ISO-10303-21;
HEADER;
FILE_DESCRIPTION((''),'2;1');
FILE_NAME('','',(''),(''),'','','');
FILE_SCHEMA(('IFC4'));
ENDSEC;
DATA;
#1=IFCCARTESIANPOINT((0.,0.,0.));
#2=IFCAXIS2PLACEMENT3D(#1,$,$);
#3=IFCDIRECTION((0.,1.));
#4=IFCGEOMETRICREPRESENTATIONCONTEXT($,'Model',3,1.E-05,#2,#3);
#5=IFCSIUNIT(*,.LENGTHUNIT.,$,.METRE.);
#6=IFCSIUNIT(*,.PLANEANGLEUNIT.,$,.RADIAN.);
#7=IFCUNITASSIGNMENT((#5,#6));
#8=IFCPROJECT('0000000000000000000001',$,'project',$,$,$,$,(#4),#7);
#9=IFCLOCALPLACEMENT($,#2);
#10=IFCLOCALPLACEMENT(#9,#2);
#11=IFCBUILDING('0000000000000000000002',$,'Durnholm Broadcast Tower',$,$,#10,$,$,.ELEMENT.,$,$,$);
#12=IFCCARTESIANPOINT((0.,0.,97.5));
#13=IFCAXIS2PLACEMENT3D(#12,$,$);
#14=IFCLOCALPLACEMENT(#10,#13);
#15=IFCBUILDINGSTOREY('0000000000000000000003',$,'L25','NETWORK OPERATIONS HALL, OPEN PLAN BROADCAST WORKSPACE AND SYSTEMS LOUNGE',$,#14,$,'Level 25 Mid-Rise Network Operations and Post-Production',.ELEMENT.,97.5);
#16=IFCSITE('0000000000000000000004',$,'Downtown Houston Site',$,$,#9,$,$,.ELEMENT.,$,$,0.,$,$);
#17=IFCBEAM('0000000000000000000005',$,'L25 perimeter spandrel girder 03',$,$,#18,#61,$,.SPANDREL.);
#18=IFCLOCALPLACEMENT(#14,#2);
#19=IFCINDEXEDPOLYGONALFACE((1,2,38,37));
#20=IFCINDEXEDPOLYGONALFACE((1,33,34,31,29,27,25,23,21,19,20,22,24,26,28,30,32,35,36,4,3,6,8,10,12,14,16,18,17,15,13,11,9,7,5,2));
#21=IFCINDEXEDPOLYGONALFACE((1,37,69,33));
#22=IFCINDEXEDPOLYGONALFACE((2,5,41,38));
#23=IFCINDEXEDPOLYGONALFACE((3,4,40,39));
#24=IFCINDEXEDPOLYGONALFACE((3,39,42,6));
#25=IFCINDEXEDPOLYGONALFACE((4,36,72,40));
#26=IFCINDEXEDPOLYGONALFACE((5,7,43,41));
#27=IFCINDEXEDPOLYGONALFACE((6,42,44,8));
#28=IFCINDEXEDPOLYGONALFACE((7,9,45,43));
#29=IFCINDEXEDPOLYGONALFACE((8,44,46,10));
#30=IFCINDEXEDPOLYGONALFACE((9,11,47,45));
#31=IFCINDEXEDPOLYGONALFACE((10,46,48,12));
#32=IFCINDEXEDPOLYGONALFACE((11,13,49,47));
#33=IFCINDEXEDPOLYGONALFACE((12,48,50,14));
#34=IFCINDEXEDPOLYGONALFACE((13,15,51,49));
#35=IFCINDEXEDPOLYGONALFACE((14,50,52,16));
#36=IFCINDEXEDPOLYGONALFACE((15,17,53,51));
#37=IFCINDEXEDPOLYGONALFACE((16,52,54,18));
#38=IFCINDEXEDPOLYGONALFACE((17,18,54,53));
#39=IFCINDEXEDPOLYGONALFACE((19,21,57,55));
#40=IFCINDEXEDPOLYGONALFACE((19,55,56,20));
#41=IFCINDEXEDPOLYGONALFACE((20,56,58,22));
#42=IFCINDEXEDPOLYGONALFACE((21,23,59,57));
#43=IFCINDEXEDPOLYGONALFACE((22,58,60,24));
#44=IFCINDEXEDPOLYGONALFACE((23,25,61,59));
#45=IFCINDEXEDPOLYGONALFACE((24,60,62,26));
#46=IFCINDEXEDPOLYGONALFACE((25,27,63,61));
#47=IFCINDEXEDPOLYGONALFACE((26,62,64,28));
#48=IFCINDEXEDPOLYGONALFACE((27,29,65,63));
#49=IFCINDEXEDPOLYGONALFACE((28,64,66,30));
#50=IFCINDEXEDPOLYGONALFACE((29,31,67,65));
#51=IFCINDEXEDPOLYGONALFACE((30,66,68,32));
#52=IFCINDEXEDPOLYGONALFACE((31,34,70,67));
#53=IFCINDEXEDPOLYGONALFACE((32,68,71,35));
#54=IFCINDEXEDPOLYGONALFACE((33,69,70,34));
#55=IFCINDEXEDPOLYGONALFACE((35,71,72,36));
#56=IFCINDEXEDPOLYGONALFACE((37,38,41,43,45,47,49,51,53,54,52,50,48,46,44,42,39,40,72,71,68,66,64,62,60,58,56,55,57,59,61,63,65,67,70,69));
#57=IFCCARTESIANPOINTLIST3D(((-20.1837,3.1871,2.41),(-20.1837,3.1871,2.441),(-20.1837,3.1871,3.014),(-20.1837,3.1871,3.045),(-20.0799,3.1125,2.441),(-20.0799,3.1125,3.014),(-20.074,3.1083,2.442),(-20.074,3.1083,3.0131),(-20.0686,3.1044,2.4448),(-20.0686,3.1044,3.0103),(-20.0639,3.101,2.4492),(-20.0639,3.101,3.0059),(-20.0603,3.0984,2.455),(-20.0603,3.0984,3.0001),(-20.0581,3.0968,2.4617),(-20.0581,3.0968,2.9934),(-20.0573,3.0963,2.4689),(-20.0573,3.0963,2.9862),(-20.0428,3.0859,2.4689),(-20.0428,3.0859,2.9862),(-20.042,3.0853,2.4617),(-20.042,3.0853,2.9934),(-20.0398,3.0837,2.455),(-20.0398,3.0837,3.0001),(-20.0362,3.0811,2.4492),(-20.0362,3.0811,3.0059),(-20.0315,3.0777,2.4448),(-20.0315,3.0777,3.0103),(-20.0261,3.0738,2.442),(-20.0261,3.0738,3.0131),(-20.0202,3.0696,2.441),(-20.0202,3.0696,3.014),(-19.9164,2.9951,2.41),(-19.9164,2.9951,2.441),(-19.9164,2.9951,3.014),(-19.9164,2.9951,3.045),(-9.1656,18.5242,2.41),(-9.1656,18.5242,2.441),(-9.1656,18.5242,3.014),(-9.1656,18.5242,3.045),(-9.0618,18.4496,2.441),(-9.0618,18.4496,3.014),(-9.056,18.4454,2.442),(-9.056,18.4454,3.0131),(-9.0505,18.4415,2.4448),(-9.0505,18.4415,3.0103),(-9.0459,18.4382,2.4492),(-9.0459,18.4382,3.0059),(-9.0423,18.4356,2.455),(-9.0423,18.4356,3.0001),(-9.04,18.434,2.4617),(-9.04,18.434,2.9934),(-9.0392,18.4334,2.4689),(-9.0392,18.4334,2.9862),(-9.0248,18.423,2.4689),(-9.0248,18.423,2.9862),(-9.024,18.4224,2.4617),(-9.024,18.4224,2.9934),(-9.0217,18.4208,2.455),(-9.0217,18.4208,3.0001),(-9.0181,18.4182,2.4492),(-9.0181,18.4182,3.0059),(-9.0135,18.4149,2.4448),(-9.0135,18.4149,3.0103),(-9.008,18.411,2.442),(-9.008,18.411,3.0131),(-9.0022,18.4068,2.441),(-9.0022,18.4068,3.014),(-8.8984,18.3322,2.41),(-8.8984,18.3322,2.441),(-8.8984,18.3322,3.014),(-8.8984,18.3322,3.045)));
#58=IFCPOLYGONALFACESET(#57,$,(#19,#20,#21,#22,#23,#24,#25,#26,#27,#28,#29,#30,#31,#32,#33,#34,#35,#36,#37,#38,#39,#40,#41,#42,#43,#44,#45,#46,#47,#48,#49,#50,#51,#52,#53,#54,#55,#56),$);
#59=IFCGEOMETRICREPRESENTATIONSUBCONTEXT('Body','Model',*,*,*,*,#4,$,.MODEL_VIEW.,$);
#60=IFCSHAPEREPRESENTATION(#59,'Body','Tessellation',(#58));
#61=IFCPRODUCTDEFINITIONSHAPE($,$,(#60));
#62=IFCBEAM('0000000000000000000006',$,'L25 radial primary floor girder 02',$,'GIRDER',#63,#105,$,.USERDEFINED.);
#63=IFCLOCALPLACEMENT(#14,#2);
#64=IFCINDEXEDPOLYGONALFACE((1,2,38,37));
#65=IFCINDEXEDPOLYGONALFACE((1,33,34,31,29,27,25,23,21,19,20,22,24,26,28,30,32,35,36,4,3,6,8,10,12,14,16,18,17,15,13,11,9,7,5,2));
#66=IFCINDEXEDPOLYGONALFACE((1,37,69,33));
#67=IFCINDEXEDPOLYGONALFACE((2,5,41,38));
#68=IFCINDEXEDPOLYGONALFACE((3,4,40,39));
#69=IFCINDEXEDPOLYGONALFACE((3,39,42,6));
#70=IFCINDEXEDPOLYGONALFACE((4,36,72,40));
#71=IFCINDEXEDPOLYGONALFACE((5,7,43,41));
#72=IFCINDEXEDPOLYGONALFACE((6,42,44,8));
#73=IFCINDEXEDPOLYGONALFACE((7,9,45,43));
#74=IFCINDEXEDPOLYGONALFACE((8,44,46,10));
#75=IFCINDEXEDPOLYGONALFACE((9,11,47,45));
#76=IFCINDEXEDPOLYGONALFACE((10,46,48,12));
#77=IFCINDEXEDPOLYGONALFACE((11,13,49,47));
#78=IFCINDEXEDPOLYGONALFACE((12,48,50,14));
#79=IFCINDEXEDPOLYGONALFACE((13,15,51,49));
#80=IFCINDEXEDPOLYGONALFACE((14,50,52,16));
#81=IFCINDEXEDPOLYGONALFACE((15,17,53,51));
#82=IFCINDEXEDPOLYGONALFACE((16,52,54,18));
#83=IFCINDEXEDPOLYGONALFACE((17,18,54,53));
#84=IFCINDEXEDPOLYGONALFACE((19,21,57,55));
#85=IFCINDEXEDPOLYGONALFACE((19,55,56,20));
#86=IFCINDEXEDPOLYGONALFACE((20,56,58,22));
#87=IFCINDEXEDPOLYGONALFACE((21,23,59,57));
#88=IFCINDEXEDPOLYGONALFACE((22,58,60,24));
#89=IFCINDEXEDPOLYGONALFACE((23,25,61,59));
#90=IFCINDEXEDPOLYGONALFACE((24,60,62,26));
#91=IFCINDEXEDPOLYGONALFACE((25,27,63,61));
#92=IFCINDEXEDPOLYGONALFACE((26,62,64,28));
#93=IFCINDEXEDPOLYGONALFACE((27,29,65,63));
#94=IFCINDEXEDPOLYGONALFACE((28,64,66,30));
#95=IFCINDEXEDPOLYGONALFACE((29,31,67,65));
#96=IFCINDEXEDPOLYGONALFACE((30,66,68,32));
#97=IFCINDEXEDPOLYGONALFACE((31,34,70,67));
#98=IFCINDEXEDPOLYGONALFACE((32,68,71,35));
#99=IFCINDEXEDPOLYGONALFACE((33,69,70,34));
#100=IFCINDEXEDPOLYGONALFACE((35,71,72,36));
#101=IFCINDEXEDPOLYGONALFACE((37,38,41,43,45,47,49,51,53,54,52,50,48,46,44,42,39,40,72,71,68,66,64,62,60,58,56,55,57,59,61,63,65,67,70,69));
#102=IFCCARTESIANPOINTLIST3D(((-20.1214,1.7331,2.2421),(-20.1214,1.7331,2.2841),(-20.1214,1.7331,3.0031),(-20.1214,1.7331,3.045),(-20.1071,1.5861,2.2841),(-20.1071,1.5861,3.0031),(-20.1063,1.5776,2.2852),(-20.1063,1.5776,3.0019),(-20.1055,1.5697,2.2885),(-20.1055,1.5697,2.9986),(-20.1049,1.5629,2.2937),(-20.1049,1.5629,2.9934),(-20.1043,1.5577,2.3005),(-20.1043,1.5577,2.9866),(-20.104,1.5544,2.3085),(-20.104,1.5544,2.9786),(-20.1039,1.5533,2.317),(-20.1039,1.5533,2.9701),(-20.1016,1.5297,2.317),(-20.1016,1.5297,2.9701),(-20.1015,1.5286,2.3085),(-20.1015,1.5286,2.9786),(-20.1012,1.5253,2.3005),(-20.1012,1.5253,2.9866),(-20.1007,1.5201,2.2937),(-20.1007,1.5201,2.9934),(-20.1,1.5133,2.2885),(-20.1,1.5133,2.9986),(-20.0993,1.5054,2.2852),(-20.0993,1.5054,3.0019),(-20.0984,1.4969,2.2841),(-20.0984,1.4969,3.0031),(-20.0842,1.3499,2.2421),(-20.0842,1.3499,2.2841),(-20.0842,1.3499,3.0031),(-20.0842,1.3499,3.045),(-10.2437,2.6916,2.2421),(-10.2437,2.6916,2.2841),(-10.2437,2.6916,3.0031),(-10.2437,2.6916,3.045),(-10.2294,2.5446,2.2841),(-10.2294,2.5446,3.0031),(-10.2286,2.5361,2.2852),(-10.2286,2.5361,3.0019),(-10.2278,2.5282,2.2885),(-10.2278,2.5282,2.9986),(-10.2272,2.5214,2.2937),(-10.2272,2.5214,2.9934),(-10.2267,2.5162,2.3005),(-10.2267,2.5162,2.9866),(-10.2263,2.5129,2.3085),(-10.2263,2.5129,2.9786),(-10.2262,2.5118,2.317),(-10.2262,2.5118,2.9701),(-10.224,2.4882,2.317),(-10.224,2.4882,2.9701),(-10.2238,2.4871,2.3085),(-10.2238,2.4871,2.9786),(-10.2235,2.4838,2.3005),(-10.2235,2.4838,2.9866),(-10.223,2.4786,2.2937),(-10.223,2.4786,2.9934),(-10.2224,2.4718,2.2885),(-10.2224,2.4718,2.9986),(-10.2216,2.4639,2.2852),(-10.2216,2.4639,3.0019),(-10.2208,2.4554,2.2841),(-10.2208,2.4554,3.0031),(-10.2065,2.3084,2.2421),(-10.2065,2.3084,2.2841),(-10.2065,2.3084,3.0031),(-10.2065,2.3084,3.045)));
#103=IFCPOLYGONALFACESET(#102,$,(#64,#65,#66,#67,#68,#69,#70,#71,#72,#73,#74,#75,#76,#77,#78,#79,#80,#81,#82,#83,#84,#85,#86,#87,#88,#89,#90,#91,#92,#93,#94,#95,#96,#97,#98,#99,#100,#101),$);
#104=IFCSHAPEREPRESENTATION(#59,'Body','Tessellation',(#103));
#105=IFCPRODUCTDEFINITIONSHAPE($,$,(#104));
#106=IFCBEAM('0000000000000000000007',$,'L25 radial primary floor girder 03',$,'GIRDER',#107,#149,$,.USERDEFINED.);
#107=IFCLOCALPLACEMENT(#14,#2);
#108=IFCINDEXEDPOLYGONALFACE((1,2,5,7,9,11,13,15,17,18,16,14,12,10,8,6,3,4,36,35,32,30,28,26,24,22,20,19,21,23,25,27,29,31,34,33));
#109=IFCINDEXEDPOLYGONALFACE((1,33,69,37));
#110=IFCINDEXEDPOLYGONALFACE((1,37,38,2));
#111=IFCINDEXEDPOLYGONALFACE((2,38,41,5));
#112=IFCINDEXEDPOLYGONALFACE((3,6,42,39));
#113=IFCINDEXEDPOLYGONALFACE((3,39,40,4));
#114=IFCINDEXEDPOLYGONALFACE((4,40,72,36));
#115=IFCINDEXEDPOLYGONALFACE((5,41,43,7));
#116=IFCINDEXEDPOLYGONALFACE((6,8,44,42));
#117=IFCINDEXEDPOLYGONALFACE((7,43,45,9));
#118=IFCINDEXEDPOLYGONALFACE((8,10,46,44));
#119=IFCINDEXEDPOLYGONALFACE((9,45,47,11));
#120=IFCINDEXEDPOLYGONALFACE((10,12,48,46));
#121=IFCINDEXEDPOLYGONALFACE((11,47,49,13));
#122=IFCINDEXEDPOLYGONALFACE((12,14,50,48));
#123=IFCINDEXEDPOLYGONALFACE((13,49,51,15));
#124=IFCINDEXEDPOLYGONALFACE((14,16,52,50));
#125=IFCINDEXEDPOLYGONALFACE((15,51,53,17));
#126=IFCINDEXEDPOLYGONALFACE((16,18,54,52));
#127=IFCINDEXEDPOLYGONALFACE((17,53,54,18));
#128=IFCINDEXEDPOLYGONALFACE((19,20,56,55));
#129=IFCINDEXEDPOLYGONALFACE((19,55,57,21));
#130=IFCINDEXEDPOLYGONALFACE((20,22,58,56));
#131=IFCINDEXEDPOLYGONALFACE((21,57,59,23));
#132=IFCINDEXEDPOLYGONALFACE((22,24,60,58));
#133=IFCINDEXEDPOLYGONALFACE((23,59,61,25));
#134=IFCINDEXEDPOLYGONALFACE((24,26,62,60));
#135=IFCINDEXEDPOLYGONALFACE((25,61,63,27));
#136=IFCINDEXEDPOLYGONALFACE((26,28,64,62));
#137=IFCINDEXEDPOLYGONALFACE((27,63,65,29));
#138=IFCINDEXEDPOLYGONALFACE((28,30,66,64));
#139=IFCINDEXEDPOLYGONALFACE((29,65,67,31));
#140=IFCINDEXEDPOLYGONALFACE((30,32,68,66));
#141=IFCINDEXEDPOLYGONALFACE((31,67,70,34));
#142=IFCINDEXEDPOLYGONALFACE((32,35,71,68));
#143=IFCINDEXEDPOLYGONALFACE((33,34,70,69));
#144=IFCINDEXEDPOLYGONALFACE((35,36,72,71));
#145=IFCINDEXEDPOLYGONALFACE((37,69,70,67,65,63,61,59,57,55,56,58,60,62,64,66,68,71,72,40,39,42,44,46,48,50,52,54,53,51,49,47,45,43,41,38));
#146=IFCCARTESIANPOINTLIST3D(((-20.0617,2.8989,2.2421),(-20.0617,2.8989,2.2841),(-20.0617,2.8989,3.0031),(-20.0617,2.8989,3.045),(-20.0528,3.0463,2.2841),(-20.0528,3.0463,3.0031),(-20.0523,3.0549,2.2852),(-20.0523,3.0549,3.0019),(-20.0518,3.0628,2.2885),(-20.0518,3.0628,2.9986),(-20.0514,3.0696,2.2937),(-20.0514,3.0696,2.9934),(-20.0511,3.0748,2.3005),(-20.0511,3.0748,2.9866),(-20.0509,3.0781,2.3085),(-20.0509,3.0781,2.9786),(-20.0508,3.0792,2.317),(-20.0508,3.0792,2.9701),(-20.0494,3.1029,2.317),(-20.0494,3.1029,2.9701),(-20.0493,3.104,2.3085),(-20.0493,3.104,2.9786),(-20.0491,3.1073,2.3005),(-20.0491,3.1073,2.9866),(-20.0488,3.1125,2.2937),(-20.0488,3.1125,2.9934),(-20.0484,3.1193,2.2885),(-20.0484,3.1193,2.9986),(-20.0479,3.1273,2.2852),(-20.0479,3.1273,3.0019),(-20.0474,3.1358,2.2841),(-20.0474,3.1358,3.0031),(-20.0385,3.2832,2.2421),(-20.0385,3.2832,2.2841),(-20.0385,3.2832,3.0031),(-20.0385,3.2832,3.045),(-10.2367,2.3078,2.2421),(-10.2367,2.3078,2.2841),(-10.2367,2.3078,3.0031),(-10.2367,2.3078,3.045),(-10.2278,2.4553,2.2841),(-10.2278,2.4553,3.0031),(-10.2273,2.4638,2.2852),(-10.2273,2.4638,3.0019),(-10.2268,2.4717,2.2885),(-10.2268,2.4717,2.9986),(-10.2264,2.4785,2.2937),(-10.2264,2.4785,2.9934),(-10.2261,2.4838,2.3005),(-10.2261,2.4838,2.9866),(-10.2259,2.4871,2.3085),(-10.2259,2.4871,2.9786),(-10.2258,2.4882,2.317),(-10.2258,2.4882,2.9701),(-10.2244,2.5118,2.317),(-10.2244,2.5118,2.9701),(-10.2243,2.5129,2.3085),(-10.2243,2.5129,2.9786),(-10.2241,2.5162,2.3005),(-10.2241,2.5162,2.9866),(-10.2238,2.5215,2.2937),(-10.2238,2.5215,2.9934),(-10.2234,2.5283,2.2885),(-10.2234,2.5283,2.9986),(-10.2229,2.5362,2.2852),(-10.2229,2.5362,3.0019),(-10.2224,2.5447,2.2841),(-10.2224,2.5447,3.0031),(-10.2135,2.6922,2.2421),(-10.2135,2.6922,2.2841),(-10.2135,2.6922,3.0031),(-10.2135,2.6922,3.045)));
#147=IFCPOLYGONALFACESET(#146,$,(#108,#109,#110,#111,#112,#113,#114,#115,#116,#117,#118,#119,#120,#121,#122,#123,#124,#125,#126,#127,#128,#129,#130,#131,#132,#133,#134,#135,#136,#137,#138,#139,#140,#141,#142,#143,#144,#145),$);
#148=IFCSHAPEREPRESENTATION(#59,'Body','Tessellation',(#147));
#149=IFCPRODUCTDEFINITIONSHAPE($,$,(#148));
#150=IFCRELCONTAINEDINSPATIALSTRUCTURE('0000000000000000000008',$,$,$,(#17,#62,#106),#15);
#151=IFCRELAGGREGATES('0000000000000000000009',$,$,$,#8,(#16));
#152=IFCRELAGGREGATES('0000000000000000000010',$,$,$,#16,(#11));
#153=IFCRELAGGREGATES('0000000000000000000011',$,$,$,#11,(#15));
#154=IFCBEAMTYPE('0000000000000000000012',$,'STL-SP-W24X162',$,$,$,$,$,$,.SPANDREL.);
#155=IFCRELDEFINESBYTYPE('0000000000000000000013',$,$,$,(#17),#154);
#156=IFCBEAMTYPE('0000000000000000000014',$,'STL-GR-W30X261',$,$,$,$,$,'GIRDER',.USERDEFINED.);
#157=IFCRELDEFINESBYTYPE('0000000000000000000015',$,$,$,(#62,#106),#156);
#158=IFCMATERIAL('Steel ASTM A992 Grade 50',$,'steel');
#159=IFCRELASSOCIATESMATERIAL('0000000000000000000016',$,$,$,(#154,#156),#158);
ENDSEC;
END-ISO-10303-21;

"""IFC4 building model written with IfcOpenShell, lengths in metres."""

from ifc_helpers import new_model, si_unit, direction, frame, origin, origin_2d, place, context, subcontext, project, spatial, i_section, extrude, source, transform, mapped, material, material_profile, profile_set, type_object, type_shapes, element, save


model = new_model("IFC4")

# Units and contexts
model_context = context("Model", 3, precision=1e-05, world=origin(), true_north=direction((0.0, 1.0)))
body_context = subcontext(model_context, "Body", "Model", "MODEL_VIEW")
ifc_project = project(units=[si_unit("LENGTHUNIT", "METRE"), si_unit("PLANEANGLEUNIT", "RADIAN")], contexts=[model_context])

# Site, building, storey
site_placement = place(None, origin())
site = spatial("IfcSite", under=ifc_project, at=site_placement, Name="Downtown Houston Site", CompositionType="ELEMENT", RefElevation=0.0)
building_placement = place(site_placement, origin())
building = spatial("IfcBuilding", under=site, at=building_placement, Name="Durnholm Broadcast Tower", CompositionType="ELEMENT")
storey_placement = place(building_placement, frame((0.0, 0.0, 97.5)))
storey = spatial("IfcBuildingStorey", under=building, at=storey_placement, Name="L25", Description="NETWORK OPERATIONS HALL, OPEN PLAN BROADCAST WORKSPACE AND SYSTEMS LOUNGE", LongName="Level 25 Mid-Rise Network Operations and Post-Production", CompositionType="ELEMENT", Elevation=97.5)

# Beams
ifc_material_1 = material(Name="Steel ASTM A992 Grade 50", Category="steel")
ifc_material_profile_1 = material_profile(ifc_material_1, i_section(OverallWidth=0.3291, OverallDepth=0.635, WebThickness=0.0178, FlangeThickness=0.031, FilletRadius=0.0278, at=origin_2d()), Name="W24X162")
ifc_profile_set_1 = profile_set([ifc_material_profile_1], Name="Steel ASTM A992 Grade 50")
beam_type_1 = type_object("IfcBeamType", Name="STL-SP-W24X162", PredefinedType="SPANDREL", material=ifc_profile_set_1)
shared_shape_1 = source(origin(), body_context, "Body", "SweptSolid", [
    extrude(i_section(OverallWidth=0.3291, OverallDepth=0.635, WebThickness=0.0178, FlangeThickness=0.031, FilletRadius=0.0278, at=origin_2d()), origin(), (0.0, 0.0, 1.0), 18.8845),
])
beam_1_placement = place(storey_placement, frame((-20.05, 3.0911, 2.7275), z_axis=(0.583443, 0.812154, 0.0), x_axis=(-0.812154, 0.583443, 0.0)))
element("IfcBeam", 1, at=beam_1_placement, inside=storey, type_object=beam_type_1, Name="L25 perimeter spandrel girder 03", PredefinedType="SPANDREL", context=body_context, shape_type="MappedRepresentation", body=[
    mapped(shared_shape_1, transform((0.0, 0.0, 0.0), x_axis=(1.0, 0.0, 0.0), y_axis=(0.0, 1.0, 0.0), z_axis=(0.0, 0.0, 1.0), scale=1.0)),
])
ifc_material_profile_2 = material_profile(ifc_material_1, i_section(OverallWidth=0.385, OverallDepth=0.803, WebThickness=0.0237, FlangeThickness=0.042, FilletRadius=0.033, at=origin_2d()), Name="W30X261")
ifc_profile_set_2 = profile_set([ifc_material_profile_2], Name="Steel ASTM A992 Grade 50")
beam_type_2 = type_object("IfcBeamType", Name="STL-GR-W30X261", ElementType="GIRDER", PredefinedType="USERDEFINED", material=ifc_profile_set_2)
shared_shape_2 = source(origin(), body_context, "Body", "SweptSolid", [
    extrude(i_section(OverallWidth=0.385, OverallDepth=0.803, WebThickness=0.0237, FlangeThickness=0.042, FilletRadius=0.033, at=origin_2d()), origin(), (0.0, 0.0, 1.0), 9.9241),
])
beam_2_placement = place(storey_placement, frame((-10.2251, 2.5, 2.6436), z_axis=(-0.995325, -0.096583, 0.0), x_axis=(0.096583, -0.995325, 0.0)))
element("IfcBeam", 2, at=beam_2_placement, inside=storey, type_object=beam_type_2, Name="L25 radial primary floor girder 02", ObjectType="GIRDER", PredefinedType="USERDEFINED", context=body_context, shape_type="MappedRepresentation", body=[
    mapped(shared_shape_2, transform((0.0, 0.0, 0.0), x_axis=(1.0, 0.0, 0.0), y_axis=(0.0, 1.0, 0.0), z_axis=(0.0, 0.0, 1.0), scale=1.0)),
])
shared_shape_3 = source(origin(), body_context, "Body", "SweptSolid", [
    extrude(i_section(OverallWidth=0.385, OverallDepth=0.803, WebThickness=0.0237, FlangeThickness=0.042, FilletRadius=0.033, at=origin_2d()), origin(), (0.0, 0.0, 1.0), 9.8428),
])
type_shapes(beam_type_2, [shared_shape_2, shared_shape_3])
beam_3_placement = place(storey_placement, frame((-10.2251, 2.5, 2.6436), z_axis=(-0.998195, 0.060051, 0.0), x_axis=(-0.060051, -0.998195, 0.0)))
element("IfcBeam", 3, at=beam_3_placement, inside=storey, type_object=beam_type_2, Name="L25 radial primary floor girder 03", ObjectType="GIRDER", PredefinedType="USERDEFINED", context=body_context, shape_type="MappedRepresentation", body=[
    mapped(shared_shape_3, transform((0.0, 0.0, 0.0), x_axis=(1.0, 0.0, 0.0), y_axis=(0.0, 1.0, 0.0), z_axis=(0.0, 0.0, 1.0), scale=1.0)),
])

save(model, "model.ifc")
